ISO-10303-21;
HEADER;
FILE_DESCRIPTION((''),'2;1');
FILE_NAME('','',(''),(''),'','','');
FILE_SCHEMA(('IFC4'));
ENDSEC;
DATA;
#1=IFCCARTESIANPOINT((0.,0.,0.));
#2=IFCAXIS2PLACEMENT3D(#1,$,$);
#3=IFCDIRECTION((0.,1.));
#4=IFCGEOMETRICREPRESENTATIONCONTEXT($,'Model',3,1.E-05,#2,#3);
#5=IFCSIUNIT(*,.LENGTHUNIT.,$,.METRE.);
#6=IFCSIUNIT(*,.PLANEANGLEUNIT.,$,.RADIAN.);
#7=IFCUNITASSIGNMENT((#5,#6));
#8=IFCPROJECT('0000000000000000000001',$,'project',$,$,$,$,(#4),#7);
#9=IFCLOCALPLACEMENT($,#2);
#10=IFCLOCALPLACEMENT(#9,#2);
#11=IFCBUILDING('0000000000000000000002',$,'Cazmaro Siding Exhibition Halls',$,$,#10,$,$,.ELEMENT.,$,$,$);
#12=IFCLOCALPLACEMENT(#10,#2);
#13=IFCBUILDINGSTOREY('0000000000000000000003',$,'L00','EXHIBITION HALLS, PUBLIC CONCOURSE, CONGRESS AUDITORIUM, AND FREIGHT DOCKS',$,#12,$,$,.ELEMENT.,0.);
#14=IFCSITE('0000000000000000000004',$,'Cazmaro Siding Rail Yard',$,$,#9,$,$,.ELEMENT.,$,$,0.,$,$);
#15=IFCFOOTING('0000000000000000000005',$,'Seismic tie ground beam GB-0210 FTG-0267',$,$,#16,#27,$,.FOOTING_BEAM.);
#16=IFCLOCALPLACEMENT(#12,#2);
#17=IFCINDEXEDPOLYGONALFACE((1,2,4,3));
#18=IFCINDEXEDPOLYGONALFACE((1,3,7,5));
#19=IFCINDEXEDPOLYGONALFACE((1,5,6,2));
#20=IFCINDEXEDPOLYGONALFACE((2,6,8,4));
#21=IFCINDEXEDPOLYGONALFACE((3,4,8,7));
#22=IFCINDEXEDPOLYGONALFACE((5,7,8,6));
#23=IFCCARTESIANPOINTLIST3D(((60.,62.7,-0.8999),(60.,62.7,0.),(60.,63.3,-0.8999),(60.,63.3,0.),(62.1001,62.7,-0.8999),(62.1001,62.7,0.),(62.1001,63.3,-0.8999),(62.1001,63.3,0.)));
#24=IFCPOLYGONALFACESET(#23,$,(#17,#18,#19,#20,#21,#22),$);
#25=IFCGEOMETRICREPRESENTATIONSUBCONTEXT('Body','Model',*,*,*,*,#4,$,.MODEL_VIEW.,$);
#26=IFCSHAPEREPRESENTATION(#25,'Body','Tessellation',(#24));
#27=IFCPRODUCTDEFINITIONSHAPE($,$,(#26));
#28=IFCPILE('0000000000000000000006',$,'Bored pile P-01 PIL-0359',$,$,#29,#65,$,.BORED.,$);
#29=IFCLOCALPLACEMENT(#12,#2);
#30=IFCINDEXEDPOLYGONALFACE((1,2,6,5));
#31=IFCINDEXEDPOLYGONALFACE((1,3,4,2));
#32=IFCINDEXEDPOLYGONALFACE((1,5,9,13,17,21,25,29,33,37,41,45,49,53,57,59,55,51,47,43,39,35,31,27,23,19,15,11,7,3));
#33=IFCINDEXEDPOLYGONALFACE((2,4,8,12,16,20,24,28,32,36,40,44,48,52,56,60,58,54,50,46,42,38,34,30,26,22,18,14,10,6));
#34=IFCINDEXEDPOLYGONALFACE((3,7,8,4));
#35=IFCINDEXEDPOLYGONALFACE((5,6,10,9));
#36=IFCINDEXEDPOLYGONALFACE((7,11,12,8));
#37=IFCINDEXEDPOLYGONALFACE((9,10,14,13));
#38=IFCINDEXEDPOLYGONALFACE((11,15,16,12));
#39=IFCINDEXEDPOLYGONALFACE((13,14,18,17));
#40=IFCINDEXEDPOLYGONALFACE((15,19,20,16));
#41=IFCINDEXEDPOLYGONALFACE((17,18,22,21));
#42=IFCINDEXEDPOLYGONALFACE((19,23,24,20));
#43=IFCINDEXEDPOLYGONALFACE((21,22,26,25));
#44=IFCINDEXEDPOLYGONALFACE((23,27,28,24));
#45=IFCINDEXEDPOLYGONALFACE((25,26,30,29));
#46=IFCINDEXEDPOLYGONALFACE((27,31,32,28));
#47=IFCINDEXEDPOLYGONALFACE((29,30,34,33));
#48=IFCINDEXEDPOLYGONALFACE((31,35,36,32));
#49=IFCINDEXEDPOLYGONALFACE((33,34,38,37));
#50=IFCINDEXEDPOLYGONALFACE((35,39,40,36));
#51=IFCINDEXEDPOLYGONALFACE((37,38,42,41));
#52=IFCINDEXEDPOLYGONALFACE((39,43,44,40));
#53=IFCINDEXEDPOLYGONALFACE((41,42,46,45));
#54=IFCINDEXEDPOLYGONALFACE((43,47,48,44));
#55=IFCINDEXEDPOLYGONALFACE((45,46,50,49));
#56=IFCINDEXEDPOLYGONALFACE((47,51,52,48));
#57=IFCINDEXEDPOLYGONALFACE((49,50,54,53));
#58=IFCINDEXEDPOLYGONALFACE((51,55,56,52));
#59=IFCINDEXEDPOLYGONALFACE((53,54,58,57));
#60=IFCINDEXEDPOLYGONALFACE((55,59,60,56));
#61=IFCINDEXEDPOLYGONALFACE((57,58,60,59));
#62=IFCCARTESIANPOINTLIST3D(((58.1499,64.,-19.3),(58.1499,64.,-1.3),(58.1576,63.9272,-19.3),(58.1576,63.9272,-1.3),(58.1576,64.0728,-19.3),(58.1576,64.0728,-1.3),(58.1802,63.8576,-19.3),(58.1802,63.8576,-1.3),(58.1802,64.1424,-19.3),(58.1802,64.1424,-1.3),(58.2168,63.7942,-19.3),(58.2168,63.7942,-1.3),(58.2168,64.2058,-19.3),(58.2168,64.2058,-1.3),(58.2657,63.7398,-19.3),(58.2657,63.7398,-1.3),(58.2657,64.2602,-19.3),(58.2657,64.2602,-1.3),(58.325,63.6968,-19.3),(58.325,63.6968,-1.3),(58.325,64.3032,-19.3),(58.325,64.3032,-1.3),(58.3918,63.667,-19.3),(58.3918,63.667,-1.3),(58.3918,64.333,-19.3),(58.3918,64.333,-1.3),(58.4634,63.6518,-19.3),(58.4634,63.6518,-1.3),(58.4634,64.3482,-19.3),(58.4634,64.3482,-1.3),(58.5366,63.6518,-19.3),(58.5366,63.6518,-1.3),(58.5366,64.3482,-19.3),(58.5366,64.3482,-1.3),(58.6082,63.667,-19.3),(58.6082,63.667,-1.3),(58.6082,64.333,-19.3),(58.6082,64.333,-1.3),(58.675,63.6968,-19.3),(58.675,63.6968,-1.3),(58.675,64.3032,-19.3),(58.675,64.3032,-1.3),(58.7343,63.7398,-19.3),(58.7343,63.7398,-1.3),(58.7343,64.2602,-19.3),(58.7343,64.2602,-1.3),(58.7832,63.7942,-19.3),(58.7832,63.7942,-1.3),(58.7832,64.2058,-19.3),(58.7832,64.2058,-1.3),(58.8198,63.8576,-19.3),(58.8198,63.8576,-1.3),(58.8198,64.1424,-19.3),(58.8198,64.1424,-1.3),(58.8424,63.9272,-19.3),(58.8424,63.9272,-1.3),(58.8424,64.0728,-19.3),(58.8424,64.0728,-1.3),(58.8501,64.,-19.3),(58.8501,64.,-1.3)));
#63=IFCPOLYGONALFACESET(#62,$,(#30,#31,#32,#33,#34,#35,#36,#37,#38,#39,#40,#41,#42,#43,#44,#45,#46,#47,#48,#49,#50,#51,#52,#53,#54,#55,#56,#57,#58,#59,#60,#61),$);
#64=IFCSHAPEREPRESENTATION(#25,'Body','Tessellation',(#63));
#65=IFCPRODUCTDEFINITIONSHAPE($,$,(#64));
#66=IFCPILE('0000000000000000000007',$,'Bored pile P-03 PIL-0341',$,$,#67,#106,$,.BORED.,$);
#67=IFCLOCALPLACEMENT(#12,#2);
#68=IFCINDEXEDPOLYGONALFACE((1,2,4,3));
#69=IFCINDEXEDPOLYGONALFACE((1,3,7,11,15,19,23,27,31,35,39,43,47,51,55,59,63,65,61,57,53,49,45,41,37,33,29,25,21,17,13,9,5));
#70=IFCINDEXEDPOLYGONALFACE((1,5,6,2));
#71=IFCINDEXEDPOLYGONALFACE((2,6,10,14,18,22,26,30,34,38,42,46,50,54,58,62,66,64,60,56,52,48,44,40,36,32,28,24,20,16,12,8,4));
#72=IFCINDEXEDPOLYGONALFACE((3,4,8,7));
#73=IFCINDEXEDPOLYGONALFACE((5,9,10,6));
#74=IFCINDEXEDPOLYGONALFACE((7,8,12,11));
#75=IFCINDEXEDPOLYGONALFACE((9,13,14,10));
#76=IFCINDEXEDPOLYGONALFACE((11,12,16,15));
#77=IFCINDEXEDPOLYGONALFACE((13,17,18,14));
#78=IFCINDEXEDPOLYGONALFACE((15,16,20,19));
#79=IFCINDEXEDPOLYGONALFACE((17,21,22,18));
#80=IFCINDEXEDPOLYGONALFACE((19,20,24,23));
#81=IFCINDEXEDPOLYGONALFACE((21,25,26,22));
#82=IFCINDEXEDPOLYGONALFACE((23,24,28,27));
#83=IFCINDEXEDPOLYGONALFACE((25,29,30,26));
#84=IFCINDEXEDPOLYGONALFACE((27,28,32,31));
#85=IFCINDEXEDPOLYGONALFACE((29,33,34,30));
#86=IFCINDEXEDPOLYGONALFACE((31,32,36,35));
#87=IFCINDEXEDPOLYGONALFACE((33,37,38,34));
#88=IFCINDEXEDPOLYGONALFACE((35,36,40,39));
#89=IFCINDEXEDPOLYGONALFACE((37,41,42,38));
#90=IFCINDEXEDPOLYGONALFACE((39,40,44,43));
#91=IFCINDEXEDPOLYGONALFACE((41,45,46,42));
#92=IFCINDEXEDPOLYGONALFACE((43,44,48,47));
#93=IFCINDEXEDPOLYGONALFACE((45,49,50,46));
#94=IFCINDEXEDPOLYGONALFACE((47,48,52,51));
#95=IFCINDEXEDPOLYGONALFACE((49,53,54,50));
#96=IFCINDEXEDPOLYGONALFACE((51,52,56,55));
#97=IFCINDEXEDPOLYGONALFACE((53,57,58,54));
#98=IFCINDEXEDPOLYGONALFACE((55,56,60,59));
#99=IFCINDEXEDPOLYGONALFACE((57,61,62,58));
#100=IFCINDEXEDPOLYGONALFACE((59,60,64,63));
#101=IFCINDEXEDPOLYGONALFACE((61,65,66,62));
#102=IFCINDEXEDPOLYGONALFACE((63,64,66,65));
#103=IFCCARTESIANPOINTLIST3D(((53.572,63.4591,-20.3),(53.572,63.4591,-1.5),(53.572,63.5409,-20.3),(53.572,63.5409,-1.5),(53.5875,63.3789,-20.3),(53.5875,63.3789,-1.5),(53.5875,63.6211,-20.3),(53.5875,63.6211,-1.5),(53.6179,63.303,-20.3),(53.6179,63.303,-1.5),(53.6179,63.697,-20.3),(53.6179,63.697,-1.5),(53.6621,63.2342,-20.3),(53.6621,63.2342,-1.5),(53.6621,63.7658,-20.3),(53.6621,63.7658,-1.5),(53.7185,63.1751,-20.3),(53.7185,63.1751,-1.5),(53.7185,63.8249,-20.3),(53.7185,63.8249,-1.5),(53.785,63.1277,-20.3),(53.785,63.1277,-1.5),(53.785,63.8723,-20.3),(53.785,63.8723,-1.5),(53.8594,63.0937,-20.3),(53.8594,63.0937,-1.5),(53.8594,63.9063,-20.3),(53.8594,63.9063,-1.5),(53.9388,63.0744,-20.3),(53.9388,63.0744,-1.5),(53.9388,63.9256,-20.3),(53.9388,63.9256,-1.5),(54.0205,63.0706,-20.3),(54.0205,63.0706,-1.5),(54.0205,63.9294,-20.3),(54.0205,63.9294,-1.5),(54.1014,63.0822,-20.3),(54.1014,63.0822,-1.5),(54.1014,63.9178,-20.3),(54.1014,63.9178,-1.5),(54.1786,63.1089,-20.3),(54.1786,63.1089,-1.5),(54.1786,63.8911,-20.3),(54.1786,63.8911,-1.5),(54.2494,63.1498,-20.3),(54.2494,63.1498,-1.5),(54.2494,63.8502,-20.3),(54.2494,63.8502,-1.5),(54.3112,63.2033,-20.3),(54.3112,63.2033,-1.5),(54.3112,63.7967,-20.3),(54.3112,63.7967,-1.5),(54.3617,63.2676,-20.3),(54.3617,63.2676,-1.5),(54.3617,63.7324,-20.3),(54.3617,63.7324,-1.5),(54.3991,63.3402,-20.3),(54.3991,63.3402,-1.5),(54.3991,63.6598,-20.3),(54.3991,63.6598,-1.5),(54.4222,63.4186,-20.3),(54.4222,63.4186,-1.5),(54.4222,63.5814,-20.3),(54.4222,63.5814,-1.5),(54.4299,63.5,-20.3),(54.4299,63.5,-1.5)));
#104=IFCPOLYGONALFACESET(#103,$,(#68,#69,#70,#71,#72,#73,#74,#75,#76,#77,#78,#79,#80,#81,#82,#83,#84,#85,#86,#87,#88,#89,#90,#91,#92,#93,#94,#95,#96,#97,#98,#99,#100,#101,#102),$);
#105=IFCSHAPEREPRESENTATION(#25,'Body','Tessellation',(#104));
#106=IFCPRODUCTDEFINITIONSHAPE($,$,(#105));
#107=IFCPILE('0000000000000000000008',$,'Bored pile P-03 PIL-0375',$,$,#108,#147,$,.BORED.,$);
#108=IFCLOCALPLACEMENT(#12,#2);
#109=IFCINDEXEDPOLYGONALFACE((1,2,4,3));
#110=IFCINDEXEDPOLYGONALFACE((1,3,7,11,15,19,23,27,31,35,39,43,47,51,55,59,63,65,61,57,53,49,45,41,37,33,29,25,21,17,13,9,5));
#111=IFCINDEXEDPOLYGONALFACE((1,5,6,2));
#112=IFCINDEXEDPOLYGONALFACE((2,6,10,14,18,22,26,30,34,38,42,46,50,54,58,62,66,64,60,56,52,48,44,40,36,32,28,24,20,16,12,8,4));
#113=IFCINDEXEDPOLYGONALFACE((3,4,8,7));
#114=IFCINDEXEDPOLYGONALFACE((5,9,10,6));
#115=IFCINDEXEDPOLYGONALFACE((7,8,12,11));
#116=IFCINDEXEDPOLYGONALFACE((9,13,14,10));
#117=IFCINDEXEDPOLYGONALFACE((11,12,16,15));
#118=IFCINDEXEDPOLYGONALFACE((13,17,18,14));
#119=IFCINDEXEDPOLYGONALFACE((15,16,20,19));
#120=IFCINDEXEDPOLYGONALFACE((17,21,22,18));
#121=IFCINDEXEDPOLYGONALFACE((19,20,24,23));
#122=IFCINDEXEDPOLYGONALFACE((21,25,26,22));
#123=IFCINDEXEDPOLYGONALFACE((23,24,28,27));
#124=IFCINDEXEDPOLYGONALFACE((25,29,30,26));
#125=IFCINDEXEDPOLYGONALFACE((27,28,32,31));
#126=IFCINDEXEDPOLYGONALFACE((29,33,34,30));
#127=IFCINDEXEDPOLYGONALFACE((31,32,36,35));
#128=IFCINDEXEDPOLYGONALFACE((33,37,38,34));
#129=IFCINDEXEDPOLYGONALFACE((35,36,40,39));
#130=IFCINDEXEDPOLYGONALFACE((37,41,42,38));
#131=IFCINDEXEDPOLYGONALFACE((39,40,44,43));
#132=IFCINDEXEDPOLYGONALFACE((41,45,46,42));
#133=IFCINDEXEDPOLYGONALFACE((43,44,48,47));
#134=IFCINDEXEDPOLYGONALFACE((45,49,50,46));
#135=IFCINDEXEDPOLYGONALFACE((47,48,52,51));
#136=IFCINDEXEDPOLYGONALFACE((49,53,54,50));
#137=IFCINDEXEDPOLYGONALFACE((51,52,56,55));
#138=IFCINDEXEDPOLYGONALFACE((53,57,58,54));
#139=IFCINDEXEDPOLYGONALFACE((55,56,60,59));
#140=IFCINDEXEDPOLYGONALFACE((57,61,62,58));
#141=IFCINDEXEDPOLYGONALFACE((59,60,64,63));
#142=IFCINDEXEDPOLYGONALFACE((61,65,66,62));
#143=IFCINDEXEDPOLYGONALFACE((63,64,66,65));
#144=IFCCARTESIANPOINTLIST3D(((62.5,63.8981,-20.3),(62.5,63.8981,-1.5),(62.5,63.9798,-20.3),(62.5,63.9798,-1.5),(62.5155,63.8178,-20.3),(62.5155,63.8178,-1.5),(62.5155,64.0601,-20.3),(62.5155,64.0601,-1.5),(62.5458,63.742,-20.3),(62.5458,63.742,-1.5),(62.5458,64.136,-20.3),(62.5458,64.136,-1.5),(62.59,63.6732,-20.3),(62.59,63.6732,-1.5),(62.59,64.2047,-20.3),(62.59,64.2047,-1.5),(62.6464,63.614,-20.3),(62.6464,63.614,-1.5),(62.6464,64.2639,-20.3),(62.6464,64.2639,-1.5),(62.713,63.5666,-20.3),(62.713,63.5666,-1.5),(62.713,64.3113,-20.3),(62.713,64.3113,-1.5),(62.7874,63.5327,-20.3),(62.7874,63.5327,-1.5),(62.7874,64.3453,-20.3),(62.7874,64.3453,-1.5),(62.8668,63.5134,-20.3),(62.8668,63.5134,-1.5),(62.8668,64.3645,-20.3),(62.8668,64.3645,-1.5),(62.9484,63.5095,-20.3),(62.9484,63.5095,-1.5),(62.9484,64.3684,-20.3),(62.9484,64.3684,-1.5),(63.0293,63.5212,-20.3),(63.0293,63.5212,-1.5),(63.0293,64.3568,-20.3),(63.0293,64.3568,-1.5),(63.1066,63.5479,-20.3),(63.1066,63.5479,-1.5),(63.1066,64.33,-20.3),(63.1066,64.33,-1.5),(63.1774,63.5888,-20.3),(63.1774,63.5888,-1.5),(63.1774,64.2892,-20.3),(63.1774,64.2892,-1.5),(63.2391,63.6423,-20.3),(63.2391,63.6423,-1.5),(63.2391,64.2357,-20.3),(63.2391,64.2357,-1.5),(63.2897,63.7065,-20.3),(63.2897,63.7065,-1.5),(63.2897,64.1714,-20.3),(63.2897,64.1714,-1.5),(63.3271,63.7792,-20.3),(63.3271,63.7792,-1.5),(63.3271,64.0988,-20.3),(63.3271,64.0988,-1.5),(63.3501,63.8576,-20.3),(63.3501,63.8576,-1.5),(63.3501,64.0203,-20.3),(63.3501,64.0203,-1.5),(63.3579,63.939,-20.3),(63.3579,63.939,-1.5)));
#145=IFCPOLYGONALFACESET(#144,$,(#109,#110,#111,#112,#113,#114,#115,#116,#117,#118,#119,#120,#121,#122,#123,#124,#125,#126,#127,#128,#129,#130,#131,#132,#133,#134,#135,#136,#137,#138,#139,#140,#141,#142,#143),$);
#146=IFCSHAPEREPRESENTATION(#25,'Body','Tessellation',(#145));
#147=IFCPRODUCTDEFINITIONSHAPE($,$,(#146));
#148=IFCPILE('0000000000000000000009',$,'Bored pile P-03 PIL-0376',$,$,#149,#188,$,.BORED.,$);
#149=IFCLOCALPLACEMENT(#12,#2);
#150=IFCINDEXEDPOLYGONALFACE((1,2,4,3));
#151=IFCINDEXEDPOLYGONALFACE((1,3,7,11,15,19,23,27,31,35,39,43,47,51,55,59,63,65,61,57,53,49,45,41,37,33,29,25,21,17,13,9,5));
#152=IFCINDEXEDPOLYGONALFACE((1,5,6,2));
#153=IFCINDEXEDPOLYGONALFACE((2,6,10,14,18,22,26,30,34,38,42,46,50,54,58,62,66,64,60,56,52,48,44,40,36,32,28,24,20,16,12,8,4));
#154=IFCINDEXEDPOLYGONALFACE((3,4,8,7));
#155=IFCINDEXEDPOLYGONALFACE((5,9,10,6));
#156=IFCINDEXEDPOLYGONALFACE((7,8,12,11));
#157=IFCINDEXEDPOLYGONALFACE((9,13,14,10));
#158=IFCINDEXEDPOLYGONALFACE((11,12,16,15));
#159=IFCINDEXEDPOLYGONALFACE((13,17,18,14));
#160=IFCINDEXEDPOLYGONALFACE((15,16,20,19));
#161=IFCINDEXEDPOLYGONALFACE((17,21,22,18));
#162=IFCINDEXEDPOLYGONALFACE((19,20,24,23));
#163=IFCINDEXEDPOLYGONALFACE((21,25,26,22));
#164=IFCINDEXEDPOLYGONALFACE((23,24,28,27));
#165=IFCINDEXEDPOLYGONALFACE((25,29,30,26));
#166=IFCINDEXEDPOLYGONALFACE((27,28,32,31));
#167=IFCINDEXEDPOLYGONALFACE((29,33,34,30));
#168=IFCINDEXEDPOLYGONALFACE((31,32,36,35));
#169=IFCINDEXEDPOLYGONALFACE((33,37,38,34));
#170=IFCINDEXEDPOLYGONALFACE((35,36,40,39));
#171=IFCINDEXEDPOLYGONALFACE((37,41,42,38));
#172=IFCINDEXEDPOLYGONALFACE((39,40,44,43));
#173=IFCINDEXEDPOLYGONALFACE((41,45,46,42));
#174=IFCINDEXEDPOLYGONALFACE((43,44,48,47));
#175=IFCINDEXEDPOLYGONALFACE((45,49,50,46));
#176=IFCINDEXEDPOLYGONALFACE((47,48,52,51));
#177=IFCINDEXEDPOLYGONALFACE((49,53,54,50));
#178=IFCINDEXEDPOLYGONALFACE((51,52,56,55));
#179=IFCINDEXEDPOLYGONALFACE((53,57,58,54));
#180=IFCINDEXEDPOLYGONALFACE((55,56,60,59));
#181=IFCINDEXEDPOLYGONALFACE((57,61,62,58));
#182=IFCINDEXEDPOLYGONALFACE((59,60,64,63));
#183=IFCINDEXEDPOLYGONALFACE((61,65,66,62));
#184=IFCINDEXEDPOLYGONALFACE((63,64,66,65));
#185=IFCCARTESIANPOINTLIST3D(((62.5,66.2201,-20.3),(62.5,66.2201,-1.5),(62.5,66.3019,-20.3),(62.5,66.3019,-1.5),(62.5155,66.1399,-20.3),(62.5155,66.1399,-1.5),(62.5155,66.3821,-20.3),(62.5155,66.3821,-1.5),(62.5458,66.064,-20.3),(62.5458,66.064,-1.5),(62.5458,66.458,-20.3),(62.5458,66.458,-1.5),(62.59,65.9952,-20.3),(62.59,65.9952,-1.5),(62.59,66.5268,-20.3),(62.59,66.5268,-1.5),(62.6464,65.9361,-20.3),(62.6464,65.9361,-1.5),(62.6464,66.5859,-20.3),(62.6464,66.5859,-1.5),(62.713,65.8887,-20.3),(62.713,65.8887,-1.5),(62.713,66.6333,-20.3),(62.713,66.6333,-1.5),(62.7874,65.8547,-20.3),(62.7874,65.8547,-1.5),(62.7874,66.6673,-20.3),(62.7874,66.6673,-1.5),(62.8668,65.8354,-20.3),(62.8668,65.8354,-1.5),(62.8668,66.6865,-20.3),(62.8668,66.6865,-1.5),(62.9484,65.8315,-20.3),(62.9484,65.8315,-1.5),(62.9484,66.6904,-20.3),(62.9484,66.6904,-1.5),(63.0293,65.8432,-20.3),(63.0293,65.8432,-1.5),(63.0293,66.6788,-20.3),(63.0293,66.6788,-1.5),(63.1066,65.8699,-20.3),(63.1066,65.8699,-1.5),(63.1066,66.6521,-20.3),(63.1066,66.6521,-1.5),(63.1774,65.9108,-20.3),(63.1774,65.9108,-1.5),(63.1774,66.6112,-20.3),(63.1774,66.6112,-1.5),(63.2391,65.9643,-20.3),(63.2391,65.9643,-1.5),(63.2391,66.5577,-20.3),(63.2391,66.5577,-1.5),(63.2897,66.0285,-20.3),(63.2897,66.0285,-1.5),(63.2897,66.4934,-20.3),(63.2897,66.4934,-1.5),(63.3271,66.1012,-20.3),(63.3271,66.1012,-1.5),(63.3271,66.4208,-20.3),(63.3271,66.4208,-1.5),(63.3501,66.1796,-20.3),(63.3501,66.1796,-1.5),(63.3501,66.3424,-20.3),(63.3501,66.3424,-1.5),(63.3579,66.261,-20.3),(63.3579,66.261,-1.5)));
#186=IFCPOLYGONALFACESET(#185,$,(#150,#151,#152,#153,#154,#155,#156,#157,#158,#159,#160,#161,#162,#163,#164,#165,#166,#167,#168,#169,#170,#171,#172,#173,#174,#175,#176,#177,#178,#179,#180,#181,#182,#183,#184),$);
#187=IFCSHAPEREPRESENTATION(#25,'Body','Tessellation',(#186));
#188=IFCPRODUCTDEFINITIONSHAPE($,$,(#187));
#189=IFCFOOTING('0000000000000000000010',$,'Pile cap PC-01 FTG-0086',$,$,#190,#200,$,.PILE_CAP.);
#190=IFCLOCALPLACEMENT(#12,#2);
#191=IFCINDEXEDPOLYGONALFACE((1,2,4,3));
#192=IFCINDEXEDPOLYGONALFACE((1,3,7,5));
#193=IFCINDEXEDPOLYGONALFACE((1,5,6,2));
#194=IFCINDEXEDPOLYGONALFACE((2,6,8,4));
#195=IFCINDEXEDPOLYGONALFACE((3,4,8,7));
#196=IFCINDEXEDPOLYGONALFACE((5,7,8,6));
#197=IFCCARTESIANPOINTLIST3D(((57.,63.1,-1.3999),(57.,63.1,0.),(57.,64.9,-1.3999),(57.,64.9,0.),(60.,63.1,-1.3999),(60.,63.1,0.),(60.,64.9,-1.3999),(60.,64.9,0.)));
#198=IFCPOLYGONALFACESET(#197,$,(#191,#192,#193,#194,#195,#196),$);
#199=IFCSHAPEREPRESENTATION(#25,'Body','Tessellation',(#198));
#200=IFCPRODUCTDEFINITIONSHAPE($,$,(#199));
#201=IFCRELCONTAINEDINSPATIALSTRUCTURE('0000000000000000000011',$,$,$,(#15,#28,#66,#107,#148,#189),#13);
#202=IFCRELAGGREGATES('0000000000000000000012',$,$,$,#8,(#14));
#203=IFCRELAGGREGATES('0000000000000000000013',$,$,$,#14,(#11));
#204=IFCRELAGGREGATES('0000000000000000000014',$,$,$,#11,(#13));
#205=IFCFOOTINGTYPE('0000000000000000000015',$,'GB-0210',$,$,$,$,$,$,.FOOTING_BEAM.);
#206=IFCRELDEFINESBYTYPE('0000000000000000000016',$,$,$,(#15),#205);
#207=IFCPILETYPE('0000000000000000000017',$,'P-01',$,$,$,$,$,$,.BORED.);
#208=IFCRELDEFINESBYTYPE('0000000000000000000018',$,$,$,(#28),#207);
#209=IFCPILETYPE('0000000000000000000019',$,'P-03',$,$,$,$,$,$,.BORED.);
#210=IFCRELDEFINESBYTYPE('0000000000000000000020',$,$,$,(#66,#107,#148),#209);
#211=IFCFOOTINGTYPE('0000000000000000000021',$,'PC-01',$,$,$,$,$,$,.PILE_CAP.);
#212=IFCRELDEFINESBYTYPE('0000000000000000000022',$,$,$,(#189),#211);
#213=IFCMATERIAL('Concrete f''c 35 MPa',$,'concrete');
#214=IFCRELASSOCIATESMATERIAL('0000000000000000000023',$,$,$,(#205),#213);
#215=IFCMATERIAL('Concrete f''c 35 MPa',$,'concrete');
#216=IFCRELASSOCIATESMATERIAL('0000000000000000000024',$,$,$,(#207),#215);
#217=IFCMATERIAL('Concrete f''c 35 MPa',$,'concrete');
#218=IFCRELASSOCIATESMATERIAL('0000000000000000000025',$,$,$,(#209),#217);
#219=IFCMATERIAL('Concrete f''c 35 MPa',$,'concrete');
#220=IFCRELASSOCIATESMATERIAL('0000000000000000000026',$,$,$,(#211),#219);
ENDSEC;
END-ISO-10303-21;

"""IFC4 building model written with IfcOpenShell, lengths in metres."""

from ifc_helpers import new_model, si_unit, direction, frame, origin, origin_2d, place, context, subcontext, project, spatial, rectangle, circle, extrude, material, material_profile, profile_set, type_object, element, save


model = new_model("IFC4")

# Units and contexts
model_context = context("Model", 3, precision=1e-05, world=origin(), true_north=direction((0.0, 1.0)))
body_context = subcontext(model_context, "Body", "Model", "MODEL_VIEW")
ifc_project = project(units=[si_unit("LENGTHUNIT", "METRE"), si_unit("PLANEANGLEUNIT", "RADIAN")], contexts=[model_context])

# Site, building, storey
site_placement = place(None, origin())
site = spatial("IfcSite", under=ifc_project, at=site_placement, Name="Cazmaro Siding Rail Yard", CompositionType="ELEMENT", RefElevation=0.0)
building_placement = place(site_placement, origin())
building = spatial("IfcBuilding", under=site, at=building_placement, Name="Cazmaro Siding Exhibition Halls", CompositionType="ELEMENT")
storey_placement = place(building_placement, origin())
storey = spatial("IfcBuildingStorey", under=building, at=storey_placement, Name="L00", Description="EXHIBITION HALLS, PUBLIC CONCOURSE, CONGRESS AUDITORIUM, AND FREIGHT DOCKS", CompositionType="ELEMENT", Elevation=0.0)

# Footing
ifc_material_1 = material(Name="Concrete f'c 35 MPa", Category="concrete")
footing_type_1 = type_object("IfcFootingType", Name="GB-0210", PredefinedType="FOOTING_BEAM", material=ifc_material_1)
footing_1_placement = place(storey_placement, frame((61.05, 63.0, -0.8999), z_axis=(0.0, 0.0, 1.0), x_axis=(1.0, 0.0, 0.0)))
element("IfcFooting", 1, at=footing_1_placement, inside=storey, type_object=footing_type_1, Name="Seismic tie ground beam GB-0210 FTG-0267", PredefinedType="FOOTING_BEAM", context=body_context, shape_type="SweptSolid", body=[
    extrude(rectangle(XDim=2.1001, YDim=0.6001, at=origin_2d()), origin(), (0.0, 0.0, 1.0), 0.8999),
])

# Piles
ifc_material_2 = material(Name="Concrete f'c 35 MPa", Category="concrete")
ifc_material_profile_1 = material_profile(ifc_material_2, circle(Radius=0.3501, at=origin_2d()), Name="CIDH-700")
ifc_profile_set_1 = profile_set([ifc_material_profile_1], Name="Concrete f'c 35 MPa")
pile_type_1 = type_object("IfcPileType", Name="P-01", PredefinedType="BORED", material=ifc_profile_set_1)
pile_placement = place(storey_placement, frame((58.5, 64.0, -1.3), z_axis=(0.0, 0.0, -1.0), x_axis=(1.0, 0.0, 0.0)))
element("IfcPile", 2, at=pile_placement, inside=storey, type_object=pile_type_1, Name="Bored pile P-01 PIL-0359", PredefinedType="BORED", context=body_context, shape_type="SweptSolid", body=[
    extrude(circle(Radius=0.3501, at=origin_2d()), origin(), (0.0, 0.0, 1.0), 18.0),
])
ifc_material_3 = material(Name="Concrete f'c 35 MPa", Category="concrete")
ifc_material_profile_2 = material_profile(ifc_material_3, circle(Radius=0.4299, at=origin_2d()), Name="CIDH-860")
ifc_profile_set_2 = profile_set([ifc_material_profile_2], Name="Concrete f'c 35 MPa")
pile_type_2 = type_object("IfcPileType", Name="P-03", PredefinedType="BORED", material=ifc_profile_set_2)
for number, where, z_axis, x_axis, name in (
    (3, (54.0, 63.5, -1.5), (0.0, 0.0, -1.0), (1.0, 0.0, 0.0), "Bored pile P-03 PIL-0341"),
    (4, (62.928, 63.939, -1.5), (0.0, 0.0, -1.0), (1.0, 0.0, 0.0), "Bored pile P-03 PIL-0375"),
    (5, (62.928, 66.261, -1.5), (0.0, 0.0, -1.0), (1.0, 0.0, 0.0), "Bored pile P-03 PIL-0376"),
):
    element("IfcPile", number, at=place(storey_placement, frame(where, z_axis=z_axis, x_axis=x_axis)), inside=storey, type_object=pile_type_2, Name=name, PredefinedType="BORED", context=body_context, shape_type="SweptSolid", body=[
        extrude(circle(Radius=0.4299, at=origin_2d()), origin(), (0.0, 0.0, 1.0), 18.8),
    ])

# Footing
ifc_material_4 = material(Name="Concrete f'c 35 MPa", Category="concrete")
footing_type_2 = type_object("IfcFootingType", Name="PC-01", PredefinedType="PILE_CAP", material=ifc_material_4)
footing_2_placement = place(storey_placement, frame((58.5, 64.0, -1.3999), z_axis=(0.0, 0.0, 1.0), x_axis=(1.0, 0.0, 0.0)))
element("IfcFooting", 6, at=footing_2_placement, inside=storey, type_object=footing_type_2, Name="Pile cap PC-01 FTG-0086", PredefinedType="PILE_CAP", context=body_context, shape_type="SweptSolid", body=[
    extrude(rectangle(XDim=3.0, YDim=1.8, at=origin_2d()), origin(), (0.0, 0.0, 1.0), 1.3999),
])

save(model, "model.ifc")
